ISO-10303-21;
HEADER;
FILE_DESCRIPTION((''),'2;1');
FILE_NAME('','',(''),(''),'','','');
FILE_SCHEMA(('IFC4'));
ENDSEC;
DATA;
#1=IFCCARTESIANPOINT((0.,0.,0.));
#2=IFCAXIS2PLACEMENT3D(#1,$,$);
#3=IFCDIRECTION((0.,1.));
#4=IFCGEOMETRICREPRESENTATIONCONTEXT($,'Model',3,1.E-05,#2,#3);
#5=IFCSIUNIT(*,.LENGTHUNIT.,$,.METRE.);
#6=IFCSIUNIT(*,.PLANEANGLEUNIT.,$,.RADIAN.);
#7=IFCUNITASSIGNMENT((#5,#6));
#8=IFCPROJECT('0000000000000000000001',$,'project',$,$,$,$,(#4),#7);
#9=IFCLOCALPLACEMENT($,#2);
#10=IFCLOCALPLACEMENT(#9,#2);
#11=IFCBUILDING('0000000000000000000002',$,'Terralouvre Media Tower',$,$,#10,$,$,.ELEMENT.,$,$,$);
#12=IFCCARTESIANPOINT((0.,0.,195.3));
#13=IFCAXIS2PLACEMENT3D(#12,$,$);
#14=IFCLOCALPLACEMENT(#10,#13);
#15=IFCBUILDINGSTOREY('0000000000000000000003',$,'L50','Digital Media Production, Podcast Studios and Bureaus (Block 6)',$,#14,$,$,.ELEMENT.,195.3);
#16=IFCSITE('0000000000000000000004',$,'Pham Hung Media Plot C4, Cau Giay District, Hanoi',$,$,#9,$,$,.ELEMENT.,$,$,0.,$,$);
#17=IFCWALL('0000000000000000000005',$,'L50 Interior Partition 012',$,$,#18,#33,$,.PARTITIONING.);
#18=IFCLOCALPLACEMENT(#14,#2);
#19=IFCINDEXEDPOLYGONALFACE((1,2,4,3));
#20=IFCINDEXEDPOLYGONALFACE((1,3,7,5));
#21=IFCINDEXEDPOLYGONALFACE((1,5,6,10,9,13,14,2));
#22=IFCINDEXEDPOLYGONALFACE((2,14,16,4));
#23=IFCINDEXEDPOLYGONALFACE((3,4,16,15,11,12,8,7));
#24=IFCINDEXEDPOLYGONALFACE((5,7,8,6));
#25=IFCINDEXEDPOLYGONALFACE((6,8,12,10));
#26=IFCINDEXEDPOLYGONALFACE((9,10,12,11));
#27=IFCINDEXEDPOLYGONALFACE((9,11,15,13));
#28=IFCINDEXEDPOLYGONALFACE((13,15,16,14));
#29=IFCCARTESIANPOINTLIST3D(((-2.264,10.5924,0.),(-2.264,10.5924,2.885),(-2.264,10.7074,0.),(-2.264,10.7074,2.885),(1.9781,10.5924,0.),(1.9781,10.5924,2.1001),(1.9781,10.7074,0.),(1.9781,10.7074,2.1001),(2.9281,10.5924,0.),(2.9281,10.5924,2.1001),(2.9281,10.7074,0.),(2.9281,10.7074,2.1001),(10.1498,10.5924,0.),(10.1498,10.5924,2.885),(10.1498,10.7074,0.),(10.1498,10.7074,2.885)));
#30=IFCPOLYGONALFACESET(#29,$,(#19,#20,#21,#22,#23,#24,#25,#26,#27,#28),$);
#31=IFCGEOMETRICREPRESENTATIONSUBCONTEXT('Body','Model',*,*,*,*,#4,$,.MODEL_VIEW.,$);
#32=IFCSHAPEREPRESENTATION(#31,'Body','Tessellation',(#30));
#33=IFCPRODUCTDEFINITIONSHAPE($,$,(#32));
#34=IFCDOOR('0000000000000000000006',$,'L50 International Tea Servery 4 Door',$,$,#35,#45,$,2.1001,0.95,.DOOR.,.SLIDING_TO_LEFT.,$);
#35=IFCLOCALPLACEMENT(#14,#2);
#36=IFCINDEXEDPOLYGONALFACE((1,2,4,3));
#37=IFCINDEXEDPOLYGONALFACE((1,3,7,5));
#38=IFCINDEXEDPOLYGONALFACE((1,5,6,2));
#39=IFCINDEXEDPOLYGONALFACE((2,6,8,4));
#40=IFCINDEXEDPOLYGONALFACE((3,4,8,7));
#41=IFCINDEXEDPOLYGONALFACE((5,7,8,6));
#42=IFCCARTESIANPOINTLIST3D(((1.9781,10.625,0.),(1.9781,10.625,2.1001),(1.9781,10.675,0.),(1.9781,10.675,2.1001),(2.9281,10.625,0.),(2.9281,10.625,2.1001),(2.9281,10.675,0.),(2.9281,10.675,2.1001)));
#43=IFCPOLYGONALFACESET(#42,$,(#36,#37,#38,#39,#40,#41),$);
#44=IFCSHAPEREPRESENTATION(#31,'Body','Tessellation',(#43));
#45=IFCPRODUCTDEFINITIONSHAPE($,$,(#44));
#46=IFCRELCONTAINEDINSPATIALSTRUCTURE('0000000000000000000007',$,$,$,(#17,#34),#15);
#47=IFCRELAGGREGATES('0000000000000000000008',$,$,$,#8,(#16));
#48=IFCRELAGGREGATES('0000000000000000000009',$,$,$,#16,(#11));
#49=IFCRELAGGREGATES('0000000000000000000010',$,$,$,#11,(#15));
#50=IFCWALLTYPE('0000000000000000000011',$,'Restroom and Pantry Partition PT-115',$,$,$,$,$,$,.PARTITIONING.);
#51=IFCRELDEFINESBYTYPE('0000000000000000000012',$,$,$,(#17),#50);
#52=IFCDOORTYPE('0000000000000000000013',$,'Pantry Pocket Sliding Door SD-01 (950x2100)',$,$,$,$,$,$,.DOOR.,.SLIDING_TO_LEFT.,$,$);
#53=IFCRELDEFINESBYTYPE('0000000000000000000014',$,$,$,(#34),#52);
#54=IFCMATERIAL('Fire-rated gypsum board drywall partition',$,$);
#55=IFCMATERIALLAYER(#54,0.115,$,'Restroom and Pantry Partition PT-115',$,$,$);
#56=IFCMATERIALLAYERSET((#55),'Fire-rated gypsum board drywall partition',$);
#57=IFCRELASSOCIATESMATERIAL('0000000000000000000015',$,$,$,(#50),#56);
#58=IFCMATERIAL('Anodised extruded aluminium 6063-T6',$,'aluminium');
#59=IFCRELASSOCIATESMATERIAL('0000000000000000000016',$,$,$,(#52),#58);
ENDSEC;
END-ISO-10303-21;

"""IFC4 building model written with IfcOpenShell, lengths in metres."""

from ifc_helpers import new_model, si_unit, direction, frame, frame_2d, origin, place, context, subcontext, project, spatial, rectangle, extrude, material, layer, layer_set, type_object, element, fill, save


model = new_model("IFC4")

# Units and contexts
model_context = context("Model", 3, precision=1e-05, world=origin(), true_north=direction((0.0, 1.0)))
body_context = subcontext(model_context, "Body", "Model", "MODEL_VIEW")
ifc_project = project(units=[si_unit("LENGTHUNIT", "METRE"), si_unit("PLANEANGLEUNIT", "RADIAN")], contexts=[model_context])

# Site, building, storey
site_placement = place(None, origin())
site = spatial("IfcSite", under=ifc_project, at=site_placement, Name="Pham Hung Media Plot C4, Cau Giay District, Hanoi", CompositionType="ELEMENT", RefElevation=0.0)
building_placement = place(site_placement, origin())
building = spatial("IfcBuilding", under=site, at=building_placement, Name="Terralouvre Media Tower", CompositionType="ELEMENT")
storey_placement = place(building_placement, frame((0.0, 0.0, 195.3)))
storey = spatial("IfcBuildingStorey", under=building, at=storey_placement, Name="L50", Description="Digital Media Production, Podcast Studios and Bureaus (Block 6)", CompositionType="ELEMENT", Elevation=195.3)

# Wall, opening, door
ifc_material_1 = material(Name="Fire-rated gypsum board drywall partition")
ifc_layer_1 = layer(ifc_material_1, 0.115, Name="Restroom and Pantry Partition PT-115")
ifc_layer_set_1 = layer_set([ifc_layer_1], Name="Fire-rated gypsum board drywall partition")
wall_type_1 = type_object("IfcWallType", Name="Restroom and Pantry Partition PT-115", PredefinedType="PARTITIONING", material=ifc_layer_set_1)
wall_1_placement = place(storey_placement, frame((10.1499, 10.6499, 0.0), z_axis=(0.0, 0.0, 1.0), x_axis=(-1.0, 0.0, 0.0)))
wall_1 = element("IfcWall", 1, at=wall_1_placement, inside=storey, type_object=wall_type_1, Name="L50 Interior Partition 012", PredefinedType="PARTITIONING", context=body_context, shape_type="SweptSolid", body=[
    extrude(rectangle(XDim=12.4138, YDim=0.115, at=frame_2d((6.207, 0.0))), origin(), (0.0, 0.0, 1.0), 2.885),
])
opening_1_placement = place(wall_1_placement, frame((7.2217, 0.0, 0.0)))
opening_1 = element("IfcOpeningElement", 2, at=opening_1_placement, cuts=wall_1, PredefinedType="OPENING", context=body_context, shape_type="SweptSolid", body=[
    extrude(rectangle(XDim=0.95, YDim=2.1001, at=frame_2d((0.4751, 1.05))), frame((0.0, 0.0674, 0.0), z_axis=(0.0, -1.0, 0.0), x_axis=(1.0, 0.0, 0.0)), (0.0, 0.0, 1.0), 0.135),
])
ifc_material_2 = material(Name="Anodised extruded aluminium 6063-T6", Category="aluminium")
door_type_1 = type_object("IfcDoorType", Name="Pantry Pocket Sliding Door SD-01 (950x2100)", OperationType="SLIDING_TO_LEFT", PredefinedType="DOOR", material=ifc_material_2)
door_1_placement = place(opening_1_placement, origin())
door_1 = element("IfcDoor", 3, at=door_1_placement, inside=storey, type_object=door_type_1, Name="L50 International Tea Servery 4 Door", OperationType="SLIDING_TO_LEFT", OverallHeight=2.1001, OverallWidth=0.95, PredefinedType="DOOR", context=body_context, shape_type="SweptSolid", body=[
    extrude(rectangle(XDim=0.95, YDim=2.1001, at=frame_2d((0.4751, 1.05))), frame((0.0, 0.0249, 0.0), z_axis=(0.0, -1.0, 0.0), x_axis=(1.0, 0.0, 0.0)), (0.0, 0.0, 1.0), 0.05),
])
fill(opening_1, door_1)

save(model, "model.ifc")
